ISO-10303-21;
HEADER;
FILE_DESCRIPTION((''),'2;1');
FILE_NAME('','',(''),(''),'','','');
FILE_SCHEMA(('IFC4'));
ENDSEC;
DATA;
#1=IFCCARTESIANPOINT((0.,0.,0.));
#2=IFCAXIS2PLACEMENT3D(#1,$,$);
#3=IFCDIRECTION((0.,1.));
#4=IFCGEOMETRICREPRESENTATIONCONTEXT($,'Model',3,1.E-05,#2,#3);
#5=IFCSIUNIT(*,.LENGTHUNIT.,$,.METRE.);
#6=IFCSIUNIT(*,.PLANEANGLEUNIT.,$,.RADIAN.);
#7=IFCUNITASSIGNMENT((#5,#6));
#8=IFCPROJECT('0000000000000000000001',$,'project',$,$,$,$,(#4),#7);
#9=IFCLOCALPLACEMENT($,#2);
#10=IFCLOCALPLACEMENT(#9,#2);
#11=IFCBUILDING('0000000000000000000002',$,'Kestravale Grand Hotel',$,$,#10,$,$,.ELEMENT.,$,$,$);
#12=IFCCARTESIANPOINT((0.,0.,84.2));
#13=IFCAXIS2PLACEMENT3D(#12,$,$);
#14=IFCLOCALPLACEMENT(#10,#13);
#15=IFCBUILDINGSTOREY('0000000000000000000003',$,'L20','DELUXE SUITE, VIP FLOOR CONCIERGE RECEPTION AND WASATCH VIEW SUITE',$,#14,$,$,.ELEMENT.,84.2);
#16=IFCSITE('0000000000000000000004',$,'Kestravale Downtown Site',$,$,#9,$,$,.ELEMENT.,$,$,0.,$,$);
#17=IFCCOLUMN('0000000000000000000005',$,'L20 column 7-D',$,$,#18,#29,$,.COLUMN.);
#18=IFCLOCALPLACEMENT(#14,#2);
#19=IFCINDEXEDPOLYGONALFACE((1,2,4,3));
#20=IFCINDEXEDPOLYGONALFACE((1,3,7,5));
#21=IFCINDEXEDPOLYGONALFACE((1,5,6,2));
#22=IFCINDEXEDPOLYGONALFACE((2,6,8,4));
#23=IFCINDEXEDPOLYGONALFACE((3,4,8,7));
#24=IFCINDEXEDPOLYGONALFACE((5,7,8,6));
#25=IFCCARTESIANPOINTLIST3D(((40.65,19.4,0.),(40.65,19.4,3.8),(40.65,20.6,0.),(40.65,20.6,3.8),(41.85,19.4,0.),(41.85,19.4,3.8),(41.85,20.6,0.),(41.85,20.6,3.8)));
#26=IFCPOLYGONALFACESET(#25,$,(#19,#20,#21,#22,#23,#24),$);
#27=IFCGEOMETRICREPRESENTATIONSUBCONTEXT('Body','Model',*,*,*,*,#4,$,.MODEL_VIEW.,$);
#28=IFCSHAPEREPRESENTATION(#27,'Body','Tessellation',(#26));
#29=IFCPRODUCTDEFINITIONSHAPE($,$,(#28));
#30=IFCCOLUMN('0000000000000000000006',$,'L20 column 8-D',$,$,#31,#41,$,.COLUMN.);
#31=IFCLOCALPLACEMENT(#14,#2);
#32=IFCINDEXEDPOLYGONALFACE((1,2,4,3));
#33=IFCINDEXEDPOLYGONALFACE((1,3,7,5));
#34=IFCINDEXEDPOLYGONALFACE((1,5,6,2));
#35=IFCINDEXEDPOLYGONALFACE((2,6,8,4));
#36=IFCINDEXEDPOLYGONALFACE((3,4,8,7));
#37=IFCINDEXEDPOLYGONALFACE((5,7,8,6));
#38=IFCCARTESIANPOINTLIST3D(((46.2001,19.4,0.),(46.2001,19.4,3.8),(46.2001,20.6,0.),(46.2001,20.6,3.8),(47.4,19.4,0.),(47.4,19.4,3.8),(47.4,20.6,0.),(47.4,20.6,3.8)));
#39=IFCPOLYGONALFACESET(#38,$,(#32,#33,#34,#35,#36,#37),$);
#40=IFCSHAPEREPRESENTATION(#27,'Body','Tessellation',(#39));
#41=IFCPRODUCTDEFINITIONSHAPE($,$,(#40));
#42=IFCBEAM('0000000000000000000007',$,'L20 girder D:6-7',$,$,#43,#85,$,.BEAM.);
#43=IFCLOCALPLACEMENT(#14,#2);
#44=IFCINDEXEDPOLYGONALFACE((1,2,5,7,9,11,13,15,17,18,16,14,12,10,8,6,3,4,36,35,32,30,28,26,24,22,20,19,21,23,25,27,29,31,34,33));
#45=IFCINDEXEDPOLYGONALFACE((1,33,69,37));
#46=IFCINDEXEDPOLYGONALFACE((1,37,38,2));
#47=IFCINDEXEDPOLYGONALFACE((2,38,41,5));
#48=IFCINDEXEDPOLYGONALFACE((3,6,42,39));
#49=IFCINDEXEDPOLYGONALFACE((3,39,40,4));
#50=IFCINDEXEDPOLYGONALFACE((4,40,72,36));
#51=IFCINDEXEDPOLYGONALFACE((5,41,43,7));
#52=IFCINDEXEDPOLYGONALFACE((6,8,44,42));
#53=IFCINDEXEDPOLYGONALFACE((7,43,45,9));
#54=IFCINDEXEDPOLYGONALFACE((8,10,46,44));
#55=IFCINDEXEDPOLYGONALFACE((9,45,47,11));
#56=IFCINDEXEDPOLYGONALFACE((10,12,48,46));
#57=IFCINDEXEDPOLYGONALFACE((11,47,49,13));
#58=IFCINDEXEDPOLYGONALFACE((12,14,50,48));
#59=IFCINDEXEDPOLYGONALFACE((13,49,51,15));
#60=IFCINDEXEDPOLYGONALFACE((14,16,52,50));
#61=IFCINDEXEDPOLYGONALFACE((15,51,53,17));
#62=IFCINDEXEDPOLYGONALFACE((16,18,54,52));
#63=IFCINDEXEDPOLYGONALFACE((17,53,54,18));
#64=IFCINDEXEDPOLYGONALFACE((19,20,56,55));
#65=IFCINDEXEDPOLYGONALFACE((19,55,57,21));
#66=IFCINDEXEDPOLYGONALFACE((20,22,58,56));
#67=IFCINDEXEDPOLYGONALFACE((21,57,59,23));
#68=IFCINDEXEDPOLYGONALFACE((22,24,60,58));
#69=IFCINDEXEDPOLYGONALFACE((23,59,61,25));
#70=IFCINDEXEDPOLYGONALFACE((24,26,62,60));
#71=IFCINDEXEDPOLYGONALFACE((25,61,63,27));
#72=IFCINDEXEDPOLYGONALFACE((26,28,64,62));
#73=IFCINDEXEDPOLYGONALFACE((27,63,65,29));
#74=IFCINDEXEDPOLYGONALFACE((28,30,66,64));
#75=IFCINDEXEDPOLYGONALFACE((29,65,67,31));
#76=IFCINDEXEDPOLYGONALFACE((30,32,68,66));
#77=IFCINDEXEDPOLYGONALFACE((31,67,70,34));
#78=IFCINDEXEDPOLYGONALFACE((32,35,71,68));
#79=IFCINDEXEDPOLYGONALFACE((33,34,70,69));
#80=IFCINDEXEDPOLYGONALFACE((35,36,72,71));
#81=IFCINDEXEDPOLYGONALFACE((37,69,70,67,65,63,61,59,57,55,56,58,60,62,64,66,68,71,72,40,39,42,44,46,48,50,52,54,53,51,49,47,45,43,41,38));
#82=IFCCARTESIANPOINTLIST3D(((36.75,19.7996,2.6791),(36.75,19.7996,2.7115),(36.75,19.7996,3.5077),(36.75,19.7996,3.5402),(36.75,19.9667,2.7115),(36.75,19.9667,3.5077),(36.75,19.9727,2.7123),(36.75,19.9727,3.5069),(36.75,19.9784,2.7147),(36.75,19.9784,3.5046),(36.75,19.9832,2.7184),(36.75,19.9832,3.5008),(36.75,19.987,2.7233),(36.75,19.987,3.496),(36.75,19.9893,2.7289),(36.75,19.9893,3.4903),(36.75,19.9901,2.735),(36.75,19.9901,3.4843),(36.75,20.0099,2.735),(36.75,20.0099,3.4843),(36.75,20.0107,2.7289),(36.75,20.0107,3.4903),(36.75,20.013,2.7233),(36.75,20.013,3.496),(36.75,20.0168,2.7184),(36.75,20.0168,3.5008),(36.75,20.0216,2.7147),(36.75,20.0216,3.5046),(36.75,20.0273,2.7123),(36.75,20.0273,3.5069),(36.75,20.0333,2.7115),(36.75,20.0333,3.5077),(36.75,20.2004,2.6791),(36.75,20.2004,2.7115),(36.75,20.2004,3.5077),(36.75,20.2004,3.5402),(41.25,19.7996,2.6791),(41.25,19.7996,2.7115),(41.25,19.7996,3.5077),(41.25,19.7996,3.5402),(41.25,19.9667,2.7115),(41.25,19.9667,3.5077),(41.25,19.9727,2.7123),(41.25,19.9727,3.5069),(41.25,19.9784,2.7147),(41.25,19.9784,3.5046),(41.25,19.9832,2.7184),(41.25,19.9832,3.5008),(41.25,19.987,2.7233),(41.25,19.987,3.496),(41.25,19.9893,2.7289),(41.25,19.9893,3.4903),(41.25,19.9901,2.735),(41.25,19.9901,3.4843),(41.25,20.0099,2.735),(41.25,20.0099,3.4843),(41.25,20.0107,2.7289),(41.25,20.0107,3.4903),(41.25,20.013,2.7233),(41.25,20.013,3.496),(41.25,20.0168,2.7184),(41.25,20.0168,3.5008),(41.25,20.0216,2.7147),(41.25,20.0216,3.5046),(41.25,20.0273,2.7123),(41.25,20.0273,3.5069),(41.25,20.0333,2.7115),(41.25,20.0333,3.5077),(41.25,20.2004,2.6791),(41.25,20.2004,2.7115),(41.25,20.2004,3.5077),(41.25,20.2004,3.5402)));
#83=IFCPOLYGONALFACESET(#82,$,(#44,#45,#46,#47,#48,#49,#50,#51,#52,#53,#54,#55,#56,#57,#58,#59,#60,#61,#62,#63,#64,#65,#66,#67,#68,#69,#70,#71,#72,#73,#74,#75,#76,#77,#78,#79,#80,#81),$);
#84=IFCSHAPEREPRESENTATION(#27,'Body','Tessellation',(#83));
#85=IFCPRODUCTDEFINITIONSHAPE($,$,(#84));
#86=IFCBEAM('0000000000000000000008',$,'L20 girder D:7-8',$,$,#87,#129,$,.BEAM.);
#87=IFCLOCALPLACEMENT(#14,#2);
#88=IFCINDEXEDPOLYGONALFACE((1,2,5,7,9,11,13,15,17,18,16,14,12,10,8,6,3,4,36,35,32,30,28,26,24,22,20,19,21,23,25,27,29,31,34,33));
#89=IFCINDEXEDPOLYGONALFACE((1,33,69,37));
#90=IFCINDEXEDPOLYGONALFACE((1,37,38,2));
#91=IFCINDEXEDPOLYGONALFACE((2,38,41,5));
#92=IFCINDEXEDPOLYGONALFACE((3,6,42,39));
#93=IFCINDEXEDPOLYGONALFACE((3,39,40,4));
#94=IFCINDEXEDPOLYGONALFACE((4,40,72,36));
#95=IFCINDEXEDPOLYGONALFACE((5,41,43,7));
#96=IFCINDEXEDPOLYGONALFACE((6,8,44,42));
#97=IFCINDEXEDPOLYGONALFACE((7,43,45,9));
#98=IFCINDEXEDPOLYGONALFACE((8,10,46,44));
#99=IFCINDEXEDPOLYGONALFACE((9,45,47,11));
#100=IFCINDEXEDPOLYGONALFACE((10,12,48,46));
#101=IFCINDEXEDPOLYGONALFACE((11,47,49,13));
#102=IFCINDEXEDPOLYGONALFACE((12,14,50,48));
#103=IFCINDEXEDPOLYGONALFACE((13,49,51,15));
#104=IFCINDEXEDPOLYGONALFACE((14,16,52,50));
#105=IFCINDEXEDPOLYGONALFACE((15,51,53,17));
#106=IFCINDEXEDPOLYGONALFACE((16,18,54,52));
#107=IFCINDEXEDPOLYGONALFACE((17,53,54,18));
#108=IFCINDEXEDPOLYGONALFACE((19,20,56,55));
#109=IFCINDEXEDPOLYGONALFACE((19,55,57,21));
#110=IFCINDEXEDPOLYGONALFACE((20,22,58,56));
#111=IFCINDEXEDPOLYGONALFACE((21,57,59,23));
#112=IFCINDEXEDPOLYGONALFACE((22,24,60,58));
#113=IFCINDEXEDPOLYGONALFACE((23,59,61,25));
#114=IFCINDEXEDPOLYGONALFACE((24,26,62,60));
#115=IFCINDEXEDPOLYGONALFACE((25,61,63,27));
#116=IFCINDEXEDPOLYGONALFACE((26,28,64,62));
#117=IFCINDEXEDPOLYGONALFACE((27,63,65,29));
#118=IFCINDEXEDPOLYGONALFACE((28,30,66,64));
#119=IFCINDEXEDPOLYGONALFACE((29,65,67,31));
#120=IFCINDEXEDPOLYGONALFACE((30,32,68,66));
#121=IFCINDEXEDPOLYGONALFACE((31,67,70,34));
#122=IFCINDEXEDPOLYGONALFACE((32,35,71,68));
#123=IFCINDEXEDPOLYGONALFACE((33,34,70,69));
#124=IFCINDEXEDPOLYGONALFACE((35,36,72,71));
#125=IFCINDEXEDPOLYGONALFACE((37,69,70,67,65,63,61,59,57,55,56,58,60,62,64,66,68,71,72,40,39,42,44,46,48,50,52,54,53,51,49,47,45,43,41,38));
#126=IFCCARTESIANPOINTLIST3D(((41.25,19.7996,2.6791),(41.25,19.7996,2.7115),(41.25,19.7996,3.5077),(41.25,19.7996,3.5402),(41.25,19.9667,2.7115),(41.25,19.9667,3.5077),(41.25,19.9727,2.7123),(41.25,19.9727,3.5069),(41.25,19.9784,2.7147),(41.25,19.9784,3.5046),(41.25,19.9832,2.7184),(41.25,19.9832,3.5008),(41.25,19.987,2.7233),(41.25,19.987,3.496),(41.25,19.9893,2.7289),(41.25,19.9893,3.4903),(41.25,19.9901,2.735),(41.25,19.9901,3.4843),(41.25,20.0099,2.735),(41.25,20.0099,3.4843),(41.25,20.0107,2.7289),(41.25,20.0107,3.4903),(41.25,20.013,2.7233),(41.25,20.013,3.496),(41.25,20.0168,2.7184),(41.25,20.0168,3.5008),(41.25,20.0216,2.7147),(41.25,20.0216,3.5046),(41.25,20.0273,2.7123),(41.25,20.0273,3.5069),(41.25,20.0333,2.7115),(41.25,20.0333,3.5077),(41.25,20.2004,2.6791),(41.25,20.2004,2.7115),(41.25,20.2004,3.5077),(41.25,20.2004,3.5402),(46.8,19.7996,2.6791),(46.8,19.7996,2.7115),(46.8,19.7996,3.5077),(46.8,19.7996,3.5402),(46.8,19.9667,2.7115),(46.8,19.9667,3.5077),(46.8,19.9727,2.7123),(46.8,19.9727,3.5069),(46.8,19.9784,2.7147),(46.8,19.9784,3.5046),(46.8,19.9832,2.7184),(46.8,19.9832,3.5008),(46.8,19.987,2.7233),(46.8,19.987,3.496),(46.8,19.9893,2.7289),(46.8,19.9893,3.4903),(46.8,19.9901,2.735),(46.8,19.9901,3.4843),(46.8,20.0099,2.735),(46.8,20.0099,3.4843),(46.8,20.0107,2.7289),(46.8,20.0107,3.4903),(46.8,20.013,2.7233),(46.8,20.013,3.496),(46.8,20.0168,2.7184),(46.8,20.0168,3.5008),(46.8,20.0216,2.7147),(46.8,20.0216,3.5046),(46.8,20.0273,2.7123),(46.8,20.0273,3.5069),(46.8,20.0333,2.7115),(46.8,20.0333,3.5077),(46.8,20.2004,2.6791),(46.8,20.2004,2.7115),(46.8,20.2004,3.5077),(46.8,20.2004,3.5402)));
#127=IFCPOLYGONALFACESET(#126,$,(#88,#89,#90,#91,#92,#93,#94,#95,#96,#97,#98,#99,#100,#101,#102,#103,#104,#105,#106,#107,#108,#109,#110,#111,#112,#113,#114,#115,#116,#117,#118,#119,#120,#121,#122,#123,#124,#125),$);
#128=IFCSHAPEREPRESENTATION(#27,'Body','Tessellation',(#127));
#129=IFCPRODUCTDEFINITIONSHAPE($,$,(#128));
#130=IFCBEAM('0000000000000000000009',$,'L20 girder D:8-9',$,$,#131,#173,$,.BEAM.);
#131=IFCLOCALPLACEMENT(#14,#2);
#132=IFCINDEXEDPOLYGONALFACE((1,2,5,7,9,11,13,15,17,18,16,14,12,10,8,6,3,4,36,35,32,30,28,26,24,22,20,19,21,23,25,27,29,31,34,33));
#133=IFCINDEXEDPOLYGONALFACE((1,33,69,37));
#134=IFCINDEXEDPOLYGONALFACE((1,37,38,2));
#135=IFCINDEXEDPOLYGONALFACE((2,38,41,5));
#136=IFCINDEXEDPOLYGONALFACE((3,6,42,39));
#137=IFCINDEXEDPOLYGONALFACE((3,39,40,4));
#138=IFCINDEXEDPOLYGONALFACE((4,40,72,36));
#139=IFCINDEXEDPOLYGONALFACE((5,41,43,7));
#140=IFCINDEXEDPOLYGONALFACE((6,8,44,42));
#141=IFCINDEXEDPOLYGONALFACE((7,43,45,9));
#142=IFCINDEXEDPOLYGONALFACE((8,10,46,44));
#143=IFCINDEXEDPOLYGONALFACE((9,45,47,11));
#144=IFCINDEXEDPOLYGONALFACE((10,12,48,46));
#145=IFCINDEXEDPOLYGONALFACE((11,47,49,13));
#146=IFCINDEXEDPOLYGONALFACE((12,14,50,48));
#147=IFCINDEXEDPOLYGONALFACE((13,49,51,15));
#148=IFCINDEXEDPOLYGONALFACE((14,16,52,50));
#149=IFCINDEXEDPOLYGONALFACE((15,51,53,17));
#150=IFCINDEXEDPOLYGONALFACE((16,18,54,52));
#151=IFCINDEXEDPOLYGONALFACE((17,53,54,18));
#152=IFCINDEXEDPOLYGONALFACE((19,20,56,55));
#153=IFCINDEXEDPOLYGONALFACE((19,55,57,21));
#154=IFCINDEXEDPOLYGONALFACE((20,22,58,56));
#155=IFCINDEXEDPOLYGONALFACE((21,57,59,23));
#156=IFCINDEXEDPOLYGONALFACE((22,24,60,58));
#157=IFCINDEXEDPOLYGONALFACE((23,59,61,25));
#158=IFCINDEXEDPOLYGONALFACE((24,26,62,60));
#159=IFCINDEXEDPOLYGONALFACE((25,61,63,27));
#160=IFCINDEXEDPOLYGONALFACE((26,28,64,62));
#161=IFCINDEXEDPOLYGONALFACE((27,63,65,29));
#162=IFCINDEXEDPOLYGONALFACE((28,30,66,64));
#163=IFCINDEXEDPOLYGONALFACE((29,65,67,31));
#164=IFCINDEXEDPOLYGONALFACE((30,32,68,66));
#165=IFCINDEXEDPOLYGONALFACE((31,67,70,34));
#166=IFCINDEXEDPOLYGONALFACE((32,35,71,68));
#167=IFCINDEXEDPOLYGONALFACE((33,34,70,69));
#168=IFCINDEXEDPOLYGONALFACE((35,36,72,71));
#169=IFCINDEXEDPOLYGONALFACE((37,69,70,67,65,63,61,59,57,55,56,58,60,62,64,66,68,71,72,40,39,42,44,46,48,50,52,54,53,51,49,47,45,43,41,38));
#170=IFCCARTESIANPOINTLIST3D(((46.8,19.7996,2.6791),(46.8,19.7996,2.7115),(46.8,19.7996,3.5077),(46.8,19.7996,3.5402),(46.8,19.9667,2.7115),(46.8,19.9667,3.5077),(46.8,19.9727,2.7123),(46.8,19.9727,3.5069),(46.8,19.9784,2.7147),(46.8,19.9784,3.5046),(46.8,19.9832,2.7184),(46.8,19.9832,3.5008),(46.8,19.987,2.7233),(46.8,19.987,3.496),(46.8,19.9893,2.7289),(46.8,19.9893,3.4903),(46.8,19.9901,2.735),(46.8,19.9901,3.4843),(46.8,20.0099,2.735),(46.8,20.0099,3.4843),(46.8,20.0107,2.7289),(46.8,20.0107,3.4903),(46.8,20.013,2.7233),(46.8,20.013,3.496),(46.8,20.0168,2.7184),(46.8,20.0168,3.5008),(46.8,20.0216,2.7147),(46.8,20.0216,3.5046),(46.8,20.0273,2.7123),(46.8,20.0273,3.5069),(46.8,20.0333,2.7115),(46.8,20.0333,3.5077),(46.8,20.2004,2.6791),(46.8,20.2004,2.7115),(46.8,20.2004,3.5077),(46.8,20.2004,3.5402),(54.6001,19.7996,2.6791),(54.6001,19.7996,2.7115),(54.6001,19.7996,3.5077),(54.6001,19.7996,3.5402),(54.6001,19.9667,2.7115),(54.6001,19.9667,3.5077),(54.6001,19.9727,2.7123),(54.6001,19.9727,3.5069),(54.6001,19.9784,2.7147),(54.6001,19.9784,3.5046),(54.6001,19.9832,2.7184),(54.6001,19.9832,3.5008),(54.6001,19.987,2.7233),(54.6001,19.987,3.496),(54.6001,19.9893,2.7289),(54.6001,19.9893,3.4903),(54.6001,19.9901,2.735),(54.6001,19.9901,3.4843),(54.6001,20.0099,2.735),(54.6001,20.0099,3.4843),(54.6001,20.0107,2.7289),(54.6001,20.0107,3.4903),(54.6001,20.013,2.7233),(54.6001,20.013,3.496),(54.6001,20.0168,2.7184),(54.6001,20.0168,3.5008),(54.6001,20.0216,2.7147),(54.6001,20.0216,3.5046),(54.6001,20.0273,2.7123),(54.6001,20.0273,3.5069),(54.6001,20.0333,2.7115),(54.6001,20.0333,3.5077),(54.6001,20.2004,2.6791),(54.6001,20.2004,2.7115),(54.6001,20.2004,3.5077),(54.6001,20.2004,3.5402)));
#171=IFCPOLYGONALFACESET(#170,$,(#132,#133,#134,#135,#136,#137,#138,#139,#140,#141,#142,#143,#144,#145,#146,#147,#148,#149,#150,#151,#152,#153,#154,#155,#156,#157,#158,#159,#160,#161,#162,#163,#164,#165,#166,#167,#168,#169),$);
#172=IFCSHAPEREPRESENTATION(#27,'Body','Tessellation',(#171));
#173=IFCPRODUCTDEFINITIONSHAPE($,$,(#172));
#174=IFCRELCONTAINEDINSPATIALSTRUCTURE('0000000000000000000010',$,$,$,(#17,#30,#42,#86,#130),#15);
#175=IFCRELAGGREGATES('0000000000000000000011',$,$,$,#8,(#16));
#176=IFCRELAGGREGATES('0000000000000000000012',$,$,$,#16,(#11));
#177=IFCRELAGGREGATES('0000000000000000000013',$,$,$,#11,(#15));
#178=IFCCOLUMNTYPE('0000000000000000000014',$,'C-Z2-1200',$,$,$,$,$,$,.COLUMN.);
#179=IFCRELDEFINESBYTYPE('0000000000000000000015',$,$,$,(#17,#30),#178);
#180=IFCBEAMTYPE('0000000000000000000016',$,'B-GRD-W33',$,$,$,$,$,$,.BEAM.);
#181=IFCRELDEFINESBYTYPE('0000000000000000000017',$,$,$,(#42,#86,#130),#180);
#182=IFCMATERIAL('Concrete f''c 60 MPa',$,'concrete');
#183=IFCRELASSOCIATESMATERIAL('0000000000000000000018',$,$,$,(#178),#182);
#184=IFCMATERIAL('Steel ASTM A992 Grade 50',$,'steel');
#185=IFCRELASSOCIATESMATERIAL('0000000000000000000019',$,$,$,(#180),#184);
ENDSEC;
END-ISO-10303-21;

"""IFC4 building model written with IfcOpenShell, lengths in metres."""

from ifc_helpers import new_model, si_unit, direction, frame, origin, origin_2d, place, context, subcontext, project, spatial, rectangle, i_section, extrude, material, material_profile, profile_set, type_object, element, save


model = new_model("IFC4")

# Units and contexts
model_context = context("Model", 3, precision=1e-05, world=origin(), true_north=direction((0.0, 1.0)))
body_context = subcontext(model_context, "Body", "Model", "MODEL_VIEW")
ifc_project = project(units=[si_unit("LENGTHUNIT", "METRE"), si_unit("PLANEANGLEUNIT", "RADIAN")], contexts=[model_context])

# Site, building, storey
site_placement = place(None, origin())
site = spatial("IfcSite", under=ifc_project, at=site_placement, Name="Kestravale Downtown Site", CompositionType="ELEMENT", RefElevation=0.0)
building_placement = place(site_placement, origin())
building = spatial("IfcBuilding", under=site, at=building_placement, Name="Kestravale Grand Hotel", CompositionType="ELEMENT")
storey_placement = place(building_placement, frame((0.0, 0.0, 84.2)))
storey = spatial("IfcBuildingStorey", under=building, at=storey_placement, Name="L20", Description="DELUXE SUITE, VIP FLOOR CONCIERGE RECEPTION AND WASATCH VIEW SUITE", CompositionType="ELEMENT", Elevation=84.2)

# Columns
ifc_material_1 = material(Name="Concrete f'c 60 MPa", Category="concrete")
ifc_material_profile_1 = material_profile(ifc_material_1, rectangle(XDim=1.2, YDim=1.2, at=origin_2d()))
ifc_profile_set_1 = profile_set([ifc_material_profile_1], Name="Concrete f'c 60 MPa")
column_type = type_object("IfcColumnType", Name="C-Z2-1200", PredefinedType="COLUMN", material=ifc_profile_set_1)
for number, where, z_axis, x_axis, name in (
    (1, (41.25, 20.0, 0.0), (0.0, 0.0, 1.0), (1.0, 0.0, 0.0), "L20 column 7-D"),
    (2, (46.8, 20.0, 0.0), (0.0, 0.0, 1.0), (1.0, 0.0, 0.0), "L20 column 8-D"),
):
    element("IfcColumn", number, at=place(storey_placement, frame(where, z_axis=z_axis, x_axis=x_axis)), inside=storey, type_object=column_type, Name=name, PredefinedType="COLUMN", context=body_context, shape_type="SweptSolid", body=[
        extrude(rectangle(XDim=1.2, YDim=1.2, at=origin_2d()), origin(), (0.0, 0.0, 1.0), 3.8),
    ])

# Beams
ifc_material_2 = material(Name="Steel ASTM A992 Grade 50", Category="steel")
ifc_material_profile_2 = material_profile(ifc_material_2, i_section(OverallWidth=0.4009, OverallDepth=0.8611, WebThickness=0.0198, FlangeThickness=0.0325, FilletRadius=0.0234, at=origin_2d()))
ifc_profile_set_2 = profile_set([ifc_material_profile_2], Name="Steel ASTM A992 Grade 50")
beam_type = type_object("IfcBeamType", Name="B-GRD-W33", PredefinedType="BEAM", material=ifc_profile_set_2)
beam_1_placement = place(storey_placement, frame((36.75, 20.0, 3.1096), z_axis=(1.0, 0.0, 0.0), x_axis=(0.0, 1.0, 0.0)))
element("IfcBeam", 3, at=beam_1_placement, inside=storey, type_object=beam_type, Name="L20 girder D:6-7", PredefinedType="BEAM", context=body_context, shape_type="SweptSolid", body=[
    extrude(i_section(OverallWidth=0.4009, OverallDepth=0.8611, WebThickness=0.0198, FlangeThickness=0.0325, FilletRadius=0.0234, at=origin_2d()), origin(), (0.0, 0.0, 1.0), 4.5),
])
beam_2_placement = place(storey_placement, frame((41.25, 20.0, 3.1096), z_axis=(1.0, 0.0, 0.0), x_axis=(0.0, 1.0, 0.0)))
element("IfcBeam", 4, at=beam_2_placement, inside=storey, type_object=beam_type, Name="L20 girder D:7-8", PredefinedType="BEAM", context=body_context, shape_type="SweptSolid", body=[
    extrude(i_section(OverallWidth=0.4009, OverallDepth=0.8611, WebThickness=0.0198, FlangeThickness=0.0325, FilletRadius=0.0234, at=origin_2d()), origin(), (0.0, 0.0, 1.0), 5.55),
])
beam_3_placement = place(storey_placement, frame((46.8, 20.0, 3.1096), z_axis=(1.0, 0.0, 0.0), x_axis=(0.0, 1.0, 0.0)))
element("IfcBeam", 5, at=beam_3_placement, inside=storey, type_object=beam_type, Name="L20 girder D:8-9", PredefinedType="BEAM", context=body_context, shape_type="SweptSolid", body=[
    extrude(i_section(OverallWidth=0.4009, OverallDepth=0.8611, WebThickness=0.0198, FlangeThickness=0.0325, FilletRadius=0.0234, at=origin_2d()), origin(), (0.0, 0.0, 1.0), 7.8),
])

save(model, "model.ifc")
